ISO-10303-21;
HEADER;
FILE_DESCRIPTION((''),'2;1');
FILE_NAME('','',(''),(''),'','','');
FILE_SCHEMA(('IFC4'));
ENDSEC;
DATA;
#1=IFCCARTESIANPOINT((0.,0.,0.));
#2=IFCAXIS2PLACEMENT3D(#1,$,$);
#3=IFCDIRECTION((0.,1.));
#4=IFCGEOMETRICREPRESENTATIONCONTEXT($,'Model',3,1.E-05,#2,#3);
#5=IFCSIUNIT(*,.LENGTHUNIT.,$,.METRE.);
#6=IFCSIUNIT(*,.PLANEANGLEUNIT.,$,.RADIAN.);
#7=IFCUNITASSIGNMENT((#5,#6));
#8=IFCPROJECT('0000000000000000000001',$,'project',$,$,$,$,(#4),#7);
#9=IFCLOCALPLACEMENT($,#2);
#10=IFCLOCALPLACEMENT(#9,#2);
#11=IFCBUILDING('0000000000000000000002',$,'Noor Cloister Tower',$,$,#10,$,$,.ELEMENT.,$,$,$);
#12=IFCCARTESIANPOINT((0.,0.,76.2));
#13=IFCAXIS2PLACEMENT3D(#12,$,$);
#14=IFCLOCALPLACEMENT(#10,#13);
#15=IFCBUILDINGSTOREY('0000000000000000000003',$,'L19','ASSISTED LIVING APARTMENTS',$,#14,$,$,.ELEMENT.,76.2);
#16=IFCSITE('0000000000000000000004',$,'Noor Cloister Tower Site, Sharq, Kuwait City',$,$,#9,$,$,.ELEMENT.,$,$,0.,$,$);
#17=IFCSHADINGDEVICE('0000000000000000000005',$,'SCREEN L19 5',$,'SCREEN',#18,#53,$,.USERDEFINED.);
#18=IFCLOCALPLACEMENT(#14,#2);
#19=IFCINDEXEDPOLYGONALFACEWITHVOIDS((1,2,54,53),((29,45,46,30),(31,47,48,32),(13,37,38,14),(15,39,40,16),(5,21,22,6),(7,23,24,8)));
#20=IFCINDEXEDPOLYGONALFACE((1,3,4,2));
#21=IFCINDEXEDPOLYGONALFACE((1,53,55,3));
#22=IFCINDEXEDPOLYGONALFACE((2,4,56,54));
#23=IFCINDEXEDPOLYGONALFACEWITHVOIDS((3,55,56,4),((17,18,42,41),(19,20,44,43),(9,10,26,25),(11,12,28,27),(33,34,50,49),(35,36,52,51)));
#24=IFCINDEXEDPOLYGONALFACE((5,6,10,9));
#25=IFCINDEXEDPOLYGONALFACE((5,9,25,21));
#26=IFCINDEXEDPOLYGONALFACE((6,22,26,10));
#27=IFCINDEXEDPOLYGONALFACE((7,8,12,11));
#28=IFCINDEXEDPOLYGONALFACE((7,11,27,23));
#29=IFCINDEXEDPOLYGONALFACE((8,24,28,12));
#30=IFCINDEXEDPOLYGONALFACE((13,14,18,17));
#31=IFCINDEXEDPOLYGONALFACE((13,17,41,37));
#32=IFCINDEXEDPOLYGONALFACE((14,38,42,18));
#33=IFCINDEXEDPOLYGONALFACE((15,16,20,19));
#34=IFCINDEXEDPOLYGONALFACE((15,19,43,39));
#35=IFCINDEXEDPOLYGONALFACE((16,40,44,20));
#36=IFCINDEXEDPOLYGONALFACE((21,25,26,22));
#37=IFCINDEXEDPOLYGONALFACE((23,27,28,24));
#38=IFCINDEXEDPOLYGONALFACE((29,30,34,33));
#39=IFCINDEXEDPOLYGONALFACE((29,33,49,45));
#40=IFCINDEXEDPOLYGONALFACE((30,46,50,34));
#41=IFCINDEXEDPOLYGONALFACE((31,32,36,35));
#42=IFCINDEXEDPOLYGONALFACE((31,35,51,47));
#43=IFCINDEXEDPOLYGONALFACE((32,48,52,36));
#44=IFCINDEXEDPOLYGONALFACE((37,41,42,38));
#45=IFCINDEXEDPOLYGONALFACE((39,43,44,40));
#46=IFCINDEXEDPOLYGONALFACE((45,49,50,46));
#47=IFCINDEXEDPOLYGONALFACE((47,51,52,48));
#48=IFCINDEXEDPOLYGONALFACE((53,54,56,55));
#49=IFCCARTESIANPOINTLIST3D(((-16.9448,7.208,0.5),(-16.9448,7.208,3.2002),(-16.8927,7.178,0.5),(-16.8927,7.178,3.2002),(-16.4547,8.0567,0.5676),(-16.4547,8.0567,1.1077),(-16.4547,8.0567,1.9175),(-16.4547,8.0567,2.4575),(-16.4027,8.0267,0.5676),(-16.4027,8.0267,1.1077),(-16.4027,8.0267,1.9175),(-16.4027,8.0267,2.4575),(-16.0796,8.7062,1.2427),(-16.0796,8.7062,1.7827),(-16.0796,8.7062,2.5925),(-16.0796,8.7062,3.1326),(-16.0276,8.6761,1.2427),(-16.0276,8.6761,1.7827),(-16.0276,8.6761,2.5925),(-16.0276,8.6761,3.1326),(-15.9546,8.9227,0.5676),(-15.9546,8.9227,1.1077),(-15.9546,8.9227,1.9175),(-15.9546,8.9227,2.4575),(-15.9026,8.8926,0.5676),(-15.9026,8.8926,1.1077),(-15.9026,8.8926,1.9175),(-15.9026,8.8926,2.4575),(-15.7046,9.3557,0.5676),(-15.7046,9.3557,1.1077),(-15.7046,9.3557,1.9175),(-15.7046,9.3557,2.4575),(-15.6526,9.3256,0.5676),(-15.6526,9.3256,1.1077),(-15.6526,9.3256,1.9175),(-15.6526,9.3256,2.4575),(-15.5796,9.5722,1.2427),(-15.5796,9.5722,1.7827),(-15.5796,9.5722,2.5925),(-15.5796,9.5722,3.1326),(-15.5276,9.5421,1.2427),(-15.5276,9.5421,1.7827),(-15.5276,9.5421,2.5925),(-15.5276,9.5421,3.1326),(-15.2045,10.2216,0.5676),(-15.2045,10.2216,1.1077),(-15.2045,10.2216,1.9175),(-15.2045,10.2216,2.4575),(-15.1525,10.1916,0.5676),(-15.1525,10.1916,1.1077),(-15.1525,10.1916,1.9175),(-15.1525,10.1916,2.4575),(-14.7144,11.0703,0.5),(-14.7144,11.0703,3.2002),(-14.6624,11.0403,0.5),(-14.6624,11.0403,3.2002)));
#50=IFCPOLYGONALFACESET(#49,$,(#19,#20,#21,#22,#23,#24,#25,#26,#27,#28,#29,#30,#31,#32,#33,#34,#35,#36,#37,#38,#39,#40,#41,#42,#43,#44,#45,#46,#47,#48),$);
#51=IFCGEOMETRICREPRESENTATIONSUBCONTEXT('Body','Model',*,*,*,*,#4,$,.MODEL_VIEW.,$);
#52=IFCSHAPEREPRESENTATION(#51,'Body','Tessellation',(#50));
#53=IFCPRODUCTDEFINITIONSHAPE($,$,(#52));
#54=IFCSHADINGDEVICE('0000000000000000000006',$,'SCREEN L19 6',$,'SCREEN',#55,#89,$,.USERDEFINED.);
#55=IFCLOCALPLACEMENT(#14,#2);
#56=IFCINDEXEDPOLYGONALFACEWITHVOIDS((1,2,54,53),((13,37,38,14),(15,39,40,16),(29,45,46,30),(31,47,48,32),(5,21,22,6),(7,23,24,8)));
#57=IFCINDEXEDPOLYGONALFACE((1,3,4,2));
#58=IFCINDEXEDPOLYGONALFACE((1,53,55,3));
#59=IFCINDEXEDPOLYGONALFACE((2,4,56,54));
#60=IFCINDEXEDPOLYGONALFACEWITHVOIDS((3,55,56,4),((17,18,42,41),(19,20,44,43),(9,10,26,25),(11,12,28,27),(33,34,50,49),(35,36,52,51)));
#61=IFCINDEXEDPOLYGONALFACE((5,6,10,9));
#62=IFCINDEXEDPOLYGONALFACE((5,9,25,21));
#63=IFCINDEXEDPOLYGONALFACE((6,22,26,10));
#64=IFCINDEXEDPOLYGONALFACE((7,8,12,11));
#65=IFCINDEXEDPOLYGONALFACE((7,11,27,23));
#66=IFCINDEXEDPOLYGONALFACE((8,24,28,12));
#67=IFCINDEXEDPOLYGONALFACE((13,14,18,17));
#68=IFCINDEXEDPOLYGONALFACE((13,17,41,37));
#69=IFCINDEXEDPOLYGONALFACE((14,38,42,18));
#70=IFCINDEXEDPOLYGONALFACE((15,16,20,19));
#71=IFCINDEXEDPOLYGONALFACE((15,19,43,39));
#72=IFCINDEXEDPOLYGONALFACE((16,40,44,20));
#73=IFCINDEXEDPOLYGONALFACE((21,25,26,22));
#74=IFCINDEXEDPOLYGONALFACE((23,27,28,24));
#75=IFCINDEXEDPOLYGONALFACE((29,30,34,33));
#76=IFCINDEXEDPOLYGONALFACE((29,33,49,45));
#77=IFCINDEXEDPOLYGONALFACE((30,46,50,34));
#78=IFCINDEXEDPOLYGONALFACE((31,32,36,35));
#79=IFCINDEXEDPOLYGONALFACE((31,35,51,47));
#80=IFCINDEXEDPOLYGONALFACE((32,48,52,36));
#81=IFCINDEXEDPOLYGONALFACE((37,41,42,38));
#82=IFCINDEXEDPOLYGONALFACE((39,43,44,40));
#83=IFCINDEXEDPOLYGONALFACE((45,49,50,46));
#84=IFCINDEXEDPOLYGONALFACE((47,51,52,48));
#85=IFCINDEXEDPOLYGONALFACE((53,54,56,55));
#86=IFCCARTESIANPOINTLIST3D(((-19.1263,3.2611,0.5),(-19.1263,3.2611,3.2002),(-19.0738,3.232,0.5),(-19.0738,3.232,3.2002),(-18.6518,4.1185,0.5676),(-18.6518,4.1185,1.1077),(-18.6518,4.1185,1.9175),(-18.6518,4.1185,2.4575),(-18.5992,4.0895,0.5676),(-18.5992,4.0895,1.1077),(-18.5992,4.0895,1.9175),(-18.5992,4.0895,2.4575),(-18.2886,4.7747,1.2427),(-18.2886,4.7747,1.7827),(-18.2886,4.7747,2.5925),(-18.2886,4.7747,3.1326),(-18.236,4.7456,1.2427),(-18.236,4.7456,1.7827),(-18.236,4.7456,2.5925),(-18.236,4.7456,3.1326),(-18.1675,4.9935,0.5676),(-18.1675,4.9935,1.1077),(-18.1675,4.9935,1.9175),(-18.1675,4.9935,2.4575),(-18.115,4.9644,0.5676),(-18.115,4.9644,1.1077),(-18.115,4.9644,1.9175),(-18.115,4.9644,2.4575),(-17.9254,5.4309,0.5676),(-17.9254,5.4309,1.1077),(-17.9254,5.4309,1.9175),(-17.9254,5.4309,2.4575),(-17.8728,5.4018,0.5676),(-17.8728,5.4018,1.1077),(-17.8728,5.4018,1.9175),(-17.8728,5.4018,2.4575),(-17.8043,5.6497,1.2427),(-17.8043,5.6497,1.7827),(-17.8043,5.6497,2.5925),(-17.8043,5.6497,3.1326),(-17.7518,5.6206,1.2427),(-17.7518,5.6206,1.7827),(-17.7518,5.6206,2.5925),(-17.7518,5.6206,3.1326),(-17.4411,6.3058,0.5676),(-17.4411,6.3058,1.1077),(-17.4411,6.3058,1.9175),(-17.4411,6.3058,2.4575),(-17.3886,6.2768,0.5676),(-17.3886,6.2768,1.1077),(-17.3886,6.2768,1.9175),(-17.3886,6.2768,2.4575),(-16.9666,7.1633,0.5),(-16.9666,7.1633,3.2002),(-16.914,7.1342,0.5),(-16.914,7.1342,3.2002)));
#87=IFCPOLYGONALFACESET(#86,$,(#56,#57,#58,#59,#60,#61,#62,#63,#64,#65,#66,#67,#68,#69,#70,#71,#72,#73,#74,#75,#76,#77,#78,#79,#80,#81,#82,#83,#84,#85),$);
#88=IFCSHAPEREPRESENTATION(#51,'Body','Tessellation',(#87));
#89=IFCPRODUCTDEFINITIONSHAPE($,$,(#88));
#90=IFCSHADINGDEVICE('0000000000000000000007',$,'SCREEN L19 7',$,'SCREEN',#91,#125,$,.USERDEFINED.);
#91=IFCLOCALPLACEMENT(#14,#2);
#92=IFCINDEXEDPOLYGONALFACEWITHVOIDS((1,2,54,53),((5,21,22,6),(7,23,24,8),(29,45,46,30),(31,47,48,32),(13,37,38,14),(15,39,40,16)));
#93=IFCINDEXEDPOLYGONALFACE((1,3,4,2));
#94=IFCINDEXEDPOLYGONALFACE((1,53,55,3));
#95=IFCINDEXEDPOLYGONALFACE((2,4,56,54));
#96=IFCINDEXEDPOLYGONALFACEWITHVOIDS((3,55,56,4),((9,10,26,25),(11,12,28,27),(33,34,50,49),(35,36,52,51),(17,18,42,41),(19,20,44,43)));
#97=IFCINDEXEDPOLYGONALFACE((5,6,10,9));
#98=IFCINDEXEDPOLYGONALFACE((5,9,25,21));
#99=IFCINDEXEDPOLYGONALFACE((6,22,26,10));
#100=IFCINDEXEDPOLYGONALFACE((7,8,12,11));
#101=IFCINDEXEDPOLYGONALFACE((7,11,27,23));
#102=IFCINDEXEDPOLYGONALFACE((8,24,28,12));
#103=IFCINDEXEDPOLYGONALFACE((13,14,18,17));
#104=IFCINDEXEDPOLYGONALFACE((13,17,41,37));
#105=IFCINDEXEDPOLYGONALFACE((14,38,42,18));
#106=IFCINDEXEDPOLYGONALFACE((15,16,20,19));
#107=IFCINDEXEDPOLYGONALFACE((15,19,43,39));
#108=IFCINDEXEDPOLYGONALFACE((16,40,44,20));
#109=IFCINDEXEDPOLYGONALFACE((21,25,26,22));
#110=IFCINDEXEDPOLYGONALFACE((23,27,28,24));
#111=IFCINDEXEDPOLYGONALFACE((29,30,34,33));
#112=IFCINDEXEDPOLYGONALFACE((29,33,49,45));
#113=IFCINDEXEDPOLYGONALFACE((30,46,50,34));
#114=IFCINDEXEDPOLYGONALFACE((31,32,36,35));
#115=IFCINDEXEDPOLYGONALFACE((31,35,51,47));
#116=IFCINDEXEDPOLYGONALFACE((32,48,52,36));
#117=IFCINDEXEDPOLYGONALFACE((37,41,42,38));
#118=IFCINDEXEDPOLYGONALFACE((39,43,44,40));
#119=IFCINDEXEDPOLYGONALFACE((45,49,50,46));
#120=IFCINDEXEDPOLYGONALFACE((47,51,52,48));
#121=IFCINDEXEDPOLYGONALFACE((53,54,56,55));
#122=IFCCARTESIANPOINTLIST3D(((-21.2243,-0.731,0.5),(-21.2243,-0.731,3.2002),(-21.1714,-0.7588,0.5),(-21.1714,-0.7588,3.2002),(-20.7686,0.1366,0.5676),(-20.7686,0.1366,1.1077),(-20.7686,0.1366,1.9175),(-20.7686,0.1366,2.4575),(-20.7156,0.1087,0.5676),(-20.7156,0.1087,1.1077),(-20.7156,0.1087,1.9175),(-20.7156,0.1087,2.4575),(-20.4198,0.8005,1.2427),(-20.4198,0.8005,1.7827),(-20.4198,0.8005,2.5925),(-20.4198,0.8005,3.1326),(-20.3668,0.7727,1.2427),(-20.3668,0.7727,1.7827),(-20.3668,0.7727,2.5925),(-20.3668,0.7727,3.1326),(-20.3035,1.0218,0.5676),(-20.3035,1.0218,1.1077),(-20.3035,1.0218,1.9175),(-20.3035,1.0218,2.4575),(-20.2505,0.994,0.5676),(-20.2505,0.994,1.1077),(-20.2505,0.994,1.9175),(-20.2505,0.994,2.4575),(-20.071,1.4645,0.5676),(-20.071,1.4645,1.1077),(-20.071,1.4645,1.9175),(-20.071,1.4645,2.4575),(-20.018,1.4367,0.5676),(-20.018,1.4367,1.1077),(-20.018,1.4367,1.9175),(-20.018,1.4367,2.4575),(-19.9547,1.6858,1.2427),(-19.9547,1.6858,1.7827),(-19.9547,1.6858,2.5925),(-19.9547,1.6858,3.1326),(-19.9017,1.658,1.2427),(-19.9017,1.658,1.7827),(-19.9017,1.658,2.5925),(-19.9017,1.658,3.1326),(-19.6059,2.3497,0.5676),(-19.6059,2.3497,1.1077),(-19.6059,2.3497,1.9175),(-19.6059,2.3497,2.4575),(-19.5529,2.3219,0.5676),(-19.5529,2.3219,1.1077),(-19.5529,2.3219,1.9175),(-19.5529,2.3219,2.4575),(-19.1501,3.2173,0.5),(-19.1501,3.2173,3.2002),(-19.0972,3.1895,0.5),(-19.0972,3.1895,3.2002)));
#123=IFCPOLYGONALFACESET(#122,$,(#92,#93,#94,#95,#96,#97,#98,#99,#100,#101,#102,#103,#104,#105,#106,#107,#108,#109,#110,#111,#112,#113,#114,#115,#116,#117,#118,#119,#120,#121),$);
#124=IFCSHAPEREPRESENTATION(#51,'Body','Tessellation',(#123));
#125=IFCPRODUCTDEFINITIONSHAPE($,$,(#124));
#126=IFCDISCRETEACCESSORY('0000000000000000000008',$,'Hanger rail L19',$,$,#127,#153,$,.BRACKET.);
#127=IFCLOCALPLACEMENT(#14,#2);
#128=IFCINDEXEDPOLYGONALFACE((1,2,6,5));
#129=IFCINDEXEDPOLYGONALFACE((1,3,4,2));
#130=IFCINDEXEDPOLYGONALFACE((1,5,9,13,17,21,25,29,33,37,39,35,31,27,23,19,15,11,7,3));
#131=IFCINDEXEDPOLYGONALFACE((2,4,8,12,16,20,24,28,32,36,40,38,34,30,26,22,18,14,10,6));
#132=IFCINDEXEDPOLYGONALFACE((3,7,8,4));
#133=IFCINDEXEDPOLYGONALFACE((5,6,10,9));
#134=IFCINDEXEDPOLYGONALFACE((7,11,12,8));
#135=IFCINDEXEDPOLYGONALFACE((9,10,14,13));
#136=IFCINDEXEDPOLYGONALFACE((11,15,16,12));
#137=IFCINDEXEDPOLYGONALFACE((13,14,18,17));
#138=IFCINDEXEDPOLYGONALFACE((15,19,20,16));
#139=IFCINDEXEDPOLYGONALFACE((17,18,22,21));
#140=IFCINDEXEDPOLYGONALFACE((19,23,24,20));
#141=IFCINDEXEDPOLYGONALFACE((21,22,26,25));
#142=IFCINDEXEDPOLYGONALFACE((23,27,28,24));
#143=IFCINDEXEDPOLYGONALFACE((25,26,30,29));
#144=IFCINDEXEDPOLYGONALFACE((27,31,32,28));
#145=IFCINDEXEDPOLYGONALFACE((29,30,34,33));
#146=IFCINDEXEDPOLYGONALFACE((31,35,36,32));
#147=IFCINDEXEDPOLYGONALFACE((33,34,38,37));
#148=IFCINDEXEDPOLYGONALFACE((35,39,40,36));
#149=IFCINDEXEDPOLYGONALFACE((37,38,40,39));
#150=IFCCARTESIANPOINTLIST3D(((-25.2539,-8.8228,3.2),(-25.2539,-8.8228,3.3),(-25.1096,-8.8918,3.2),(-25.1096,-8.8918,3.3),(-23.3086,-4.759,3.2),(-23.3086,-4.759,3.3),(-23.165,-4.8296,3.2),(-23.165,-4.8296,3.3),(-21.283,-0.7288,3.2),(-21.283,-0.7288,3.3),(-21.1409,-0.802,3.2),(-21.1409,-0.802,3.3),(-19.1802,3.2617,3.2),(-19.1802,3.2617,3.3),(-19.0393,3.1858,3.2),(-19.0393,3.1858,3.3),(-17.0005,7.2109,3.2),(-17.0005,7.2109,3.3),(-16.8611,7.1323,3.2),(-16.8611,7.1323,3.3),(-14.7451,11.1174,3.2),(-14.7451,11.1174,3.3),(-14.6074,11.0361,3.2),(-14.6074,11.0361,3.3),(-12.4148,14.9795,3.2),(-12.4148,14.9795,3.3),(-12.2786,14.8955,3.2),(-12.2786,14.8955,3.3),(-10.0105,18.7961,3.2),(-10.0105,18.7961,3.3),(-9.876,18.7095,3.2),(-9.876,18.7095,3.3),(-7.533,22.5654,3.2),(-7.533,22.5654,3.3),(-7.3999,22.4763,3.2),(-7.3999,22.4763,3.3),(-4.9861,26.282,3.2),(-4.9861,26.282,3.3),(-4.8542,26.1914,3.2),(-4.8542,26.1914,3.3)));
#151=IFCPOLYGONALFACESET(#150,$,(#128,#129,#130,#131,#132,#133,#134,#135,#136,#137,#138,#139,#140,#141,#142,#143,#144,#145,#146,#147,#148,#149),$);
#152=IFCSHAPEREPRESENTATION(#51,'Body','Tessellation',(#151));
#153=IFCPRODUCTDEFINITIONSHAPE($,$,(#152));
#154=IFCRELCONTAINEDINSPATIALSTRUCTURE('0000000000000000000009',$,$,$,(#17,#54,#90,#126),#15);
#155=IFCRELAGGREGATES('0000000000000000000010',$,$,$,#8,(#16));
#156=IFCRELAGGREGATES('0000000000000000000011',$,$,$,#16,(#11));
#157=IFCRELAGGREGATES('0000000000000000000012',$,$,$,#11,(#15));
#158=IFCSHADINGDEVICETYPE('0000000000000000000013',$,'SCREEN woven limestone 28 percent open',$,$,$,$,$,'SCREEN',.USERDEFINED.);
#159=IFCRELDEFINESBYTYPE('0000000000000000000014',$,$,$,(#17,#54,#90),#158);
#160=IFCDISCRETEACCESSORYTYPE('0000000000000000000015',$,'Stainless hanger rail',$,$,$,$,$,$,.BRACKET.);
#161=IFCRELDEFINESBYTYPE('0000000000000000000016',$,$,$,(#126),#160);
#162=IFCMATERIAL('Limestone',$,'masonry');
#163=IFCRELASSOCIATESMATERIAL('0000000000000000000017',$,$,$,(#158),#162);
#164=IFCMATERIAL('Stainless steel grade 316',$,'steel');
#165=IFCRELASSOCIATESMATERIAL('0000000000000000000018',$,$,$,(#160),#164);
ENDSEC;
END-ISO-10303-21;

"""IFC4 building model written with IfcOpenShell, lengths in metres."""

from ifc_helpers import new_model, si_unit, direction, frame, origin, place, context, subcontext, project, spatial, polyline, outline, extrude, material, material_profile, profile_set, type_object, element, save


model = new_model("IFC4")

# Units and contexts
model_context = context("Model", 3, precision=1e-05, world=origin(), true_north=direction((0.0, 1.0)))
body_context = subcontext(model_context, "Body", "Model", "MODEL_VIEW")
ifc_project = project(units=[si_unit("LENGTHUNIT", "METRE"), si_unit("PLANEANGLEUNIT", "RADIAN")], contexts=[model_context])

# Site, building, storey
site_placement = place(None, origin())
site = spatial("IfcSite", under=ifc_project, at=site_placement, Name="Noor Cloister Tower Site, Sharq, Kuwait City", CompositionType="ELEMENT", RefElevation=0.0)
building_placement = place(site_placement, origin())
building = spatial("IfcBuilding", under=site, at=building_placement, Name="Noor Cloister Tower", CompositionType="ELEMENT")
storey_placement = place(building_placement, frame((0.0, 0.0, 76.2)))
storey = spatial("IfcBuildingStorey", under=building, at=storey_placement, Name="L19", Description="ASSISTED LIVING APARTMENTS", CompositionType="ELEMENT", Elevation=76.2)

# Shading devices
ifc_material_1 = material(Name="Limestone", Category="masonry")
ifc_material_profile_1 = material_profile(ifc_material_1, outline(polyline([(-2.23, -1.3501), (2.23, -1.3501), (2.23, 1.3501), (-2.23, 1.3501), (-2.23, -1.3501)]), holes=[polyline([(-1.25, -1.2825), (-0.25, -1.2825), (-0.25, -0.7424), (-1.25, -0.7424), (-1.25, -1.2825)]), polyline([(0.25, -1.2825), (1.25, -1.2825), (1.25, -0.7424), (0.25, -0.7424), (0.25, -1.2825)]), polyline([(-0.5, -0.6074), (0.5, -0.6074), (0.5, -0.0674), (-0.5, -0.0674), (-0.5, -0.6074)]), polyline([(-1.25, 0.0674), (-0.25, 0.0674), (-0.25, 0.6074), (-1.25, 0.6074), (-1.25, 0.0674)]), polyline([(0.25, 0.0674), (1.25, 0.0674), (1.25, 0.6074), (0.25, 0.6074), (0.25, 0.0674)]), polyline([(-0.5, 0.7424), (0.5, 0.7424), (0.5, 1.2825), (-0.5, 1.2825), (-0.5, 0.7424)])]), Name="Woven screen 28 percent open")
ifc_profile_set_1 = profile_set([ifc_material_profile_1], Name="Limestone")
shading_device_type = type_object("IfcShadingDeviceType", Name="SCREEN woven limestone 28 percent open", ElementType="SCREEN", PredefinedType="USERDEFINED", material=ifc_profile_set_1)
for number, where, z_axis, x_axis, name in (
    (1, (-15.7776, 9.1091, 1.8501), (-0.865982, 0.500074, 0.0), (-0.500074, -0.865982, 0.0), "SCREEN L19 5"),
    (2, (-17.9939, 5.1831, 1.8501), (-0.874924, 0.48426, 0.0), (-0.48426, -0.874924, 0.0), "SCREEN L19 6"),
):
    element("IfcShadingDevice", number, at=place(storey_placement, frame(where, z_axis=z_axis, x_axis=x_axis)), inside=storey, type_object=shading_device_type, Name=name, ObjectType="SCREEN", PredefinedType="USERDEFINED", context=body_context, shape_type="SweptSolid", body=[
        extrude(outline(polyline([(-2.23, -1.3501), (2.23, -1.3501), (2.23, 1.3501), (-2.23, 1.3501), (-2.23, -1.3501)]), holes=[polyline([(-1.25, -1.2825), (-0.25, -1.2825), (-0.25, -0.7424), (-1.25, -0.7424), (-1.25, -1.2825)]), polyline([(0.25, -1.2825), (1.25, -1.2825), (1.25, -0.7424), (0.25, -0.7424), (0.25, -1.2825)]), polyline([(-0.5, -0.6074), (0.5, -0.6074), (0.5, -0.0674), (-0.5, -0.0674), (-0.5, -0.6074)]), polyline([(-1.25, 0.0674), (-0.25, 0.0674), (-0.25, 0.6074), (-1.25, 0.6074), (-1.25, 0.0674)]), polyline([(0.25, 0.0674), (1.25, 0.0674), (1.25, 0.6074), (0.25, 0.6074), (0.25, 0.0674)]), polyline([(-0.5, 0.7424), (0.5, 0.7424), (0.5, 1.2825), (-0.5, 1.2825), (-0.5, 0.7424)])]), origin(), (0.0, 0.0, 1.0), 0.0601),
    ])
shading_device_placement = place(storey_placement, frame((-20.1343, 1.2153, 1.8501), z_axis=(-0.885272, 0.465074, 0.0), x_axis=(-0.465074, -0.885272, 0.0)))
element("IfcShadingDevice", 3, at=shading_device_placement, inside=storey, type_object=shading_device_type, Name="SCREEN L19 7", ObjectType="SCREEN", PredefinedType="USERDEFINED", context=body_context, shape_type="SweptSolid", body=[
    extrude(outline(polyline([(-2.23, -1.3501), (2.23, -1.3501), (2.23, 1.3501), (-2.23, 1.3501), (-2.23, -1.3501)]), holes=[polyline([(-1.25, -1.2825), (-0.25, -1.2825), (-0.25, -0.7424), (-1.25, -0.7424), (-1.25, -1.2825)]), polyline([(0.25, -1.2825), (1.25, -1.2825), (1.25, -0.7424), (0.25, -0.7424), (0.25, -1.2825)]), polyline([(-0.5, -0.6074), (0.5, -0.6074), (0.5, -0.0674), (-0.5, -0.0674), (-0.5, -0.6074)]), polyline([(-1.25, 0.0674), (-0.25, 0.0674), (-0.25, 0.6074), (-1.25, 0.6074), (-1.25, 0.0674)]), polyline([(0.25, 0.0674), (1.25, 0.0674), (1.25, 0.6074), (0.25, 0.6074), (0.25, 0.0674)]), polyline([(-0.5, 0.7424), (0.5, 0.7424), (0.5, 1.2825), (-0.5, 1.2825), (-0.5, 0.7424)])]), origin(), (0.0, 0.0, 1.0), 0.0598),
])

# Discrete accessory
ifc_material_2 = material(Name="Stainless steel grade 316", Category="steel")
discrete_accessory_type = type_object("IfcDiscreteAccessoryType", Name="Stainless hanger rail", PredefinedType="BRACKET", material=ifc_material_2)
discrete_accessory_1_placement = place(storey_placement, frame((0.0, 0.0, 3.2)))
element("IfcDiscreteAccessory", 4, at=discrete_accessory_1_placement, inside=storey, type_object=discrete_accessory_type, Name="Hanger rail L19", PredefinedType="BRACKET", context=body_context, shape_type="SweptSolid", body=[
    extrude(outline(polyline([(-4.9861, 26.282), (-7.533, 22.5654), (-10.0105, 18.7961), (-12.4148, 14.9795), (-14.7451, 11.1174), (-17.0005, 7.2109), (-19.1802, 3.2617), (-21.283, -0.7288), (-23.3086, -4.759), (-25.2539, -8.8228), (-25.1096, -8.8918), (-23.165, -4.8296), (-21.1409, -0.802), (-19.0393, 3.1858), (-16.8611, 7.1323), (-14.6074, 11.0361), (-12.2786, 14.8955), (-9.876, 18.7095), (-7.3999, 22.4763), (-4.8542, 26.1914), (-4.9861, 26.282)])), origin(), (0.0, 0.0, 1.0), 0.1001),
])

save(model, "model.ifc")
